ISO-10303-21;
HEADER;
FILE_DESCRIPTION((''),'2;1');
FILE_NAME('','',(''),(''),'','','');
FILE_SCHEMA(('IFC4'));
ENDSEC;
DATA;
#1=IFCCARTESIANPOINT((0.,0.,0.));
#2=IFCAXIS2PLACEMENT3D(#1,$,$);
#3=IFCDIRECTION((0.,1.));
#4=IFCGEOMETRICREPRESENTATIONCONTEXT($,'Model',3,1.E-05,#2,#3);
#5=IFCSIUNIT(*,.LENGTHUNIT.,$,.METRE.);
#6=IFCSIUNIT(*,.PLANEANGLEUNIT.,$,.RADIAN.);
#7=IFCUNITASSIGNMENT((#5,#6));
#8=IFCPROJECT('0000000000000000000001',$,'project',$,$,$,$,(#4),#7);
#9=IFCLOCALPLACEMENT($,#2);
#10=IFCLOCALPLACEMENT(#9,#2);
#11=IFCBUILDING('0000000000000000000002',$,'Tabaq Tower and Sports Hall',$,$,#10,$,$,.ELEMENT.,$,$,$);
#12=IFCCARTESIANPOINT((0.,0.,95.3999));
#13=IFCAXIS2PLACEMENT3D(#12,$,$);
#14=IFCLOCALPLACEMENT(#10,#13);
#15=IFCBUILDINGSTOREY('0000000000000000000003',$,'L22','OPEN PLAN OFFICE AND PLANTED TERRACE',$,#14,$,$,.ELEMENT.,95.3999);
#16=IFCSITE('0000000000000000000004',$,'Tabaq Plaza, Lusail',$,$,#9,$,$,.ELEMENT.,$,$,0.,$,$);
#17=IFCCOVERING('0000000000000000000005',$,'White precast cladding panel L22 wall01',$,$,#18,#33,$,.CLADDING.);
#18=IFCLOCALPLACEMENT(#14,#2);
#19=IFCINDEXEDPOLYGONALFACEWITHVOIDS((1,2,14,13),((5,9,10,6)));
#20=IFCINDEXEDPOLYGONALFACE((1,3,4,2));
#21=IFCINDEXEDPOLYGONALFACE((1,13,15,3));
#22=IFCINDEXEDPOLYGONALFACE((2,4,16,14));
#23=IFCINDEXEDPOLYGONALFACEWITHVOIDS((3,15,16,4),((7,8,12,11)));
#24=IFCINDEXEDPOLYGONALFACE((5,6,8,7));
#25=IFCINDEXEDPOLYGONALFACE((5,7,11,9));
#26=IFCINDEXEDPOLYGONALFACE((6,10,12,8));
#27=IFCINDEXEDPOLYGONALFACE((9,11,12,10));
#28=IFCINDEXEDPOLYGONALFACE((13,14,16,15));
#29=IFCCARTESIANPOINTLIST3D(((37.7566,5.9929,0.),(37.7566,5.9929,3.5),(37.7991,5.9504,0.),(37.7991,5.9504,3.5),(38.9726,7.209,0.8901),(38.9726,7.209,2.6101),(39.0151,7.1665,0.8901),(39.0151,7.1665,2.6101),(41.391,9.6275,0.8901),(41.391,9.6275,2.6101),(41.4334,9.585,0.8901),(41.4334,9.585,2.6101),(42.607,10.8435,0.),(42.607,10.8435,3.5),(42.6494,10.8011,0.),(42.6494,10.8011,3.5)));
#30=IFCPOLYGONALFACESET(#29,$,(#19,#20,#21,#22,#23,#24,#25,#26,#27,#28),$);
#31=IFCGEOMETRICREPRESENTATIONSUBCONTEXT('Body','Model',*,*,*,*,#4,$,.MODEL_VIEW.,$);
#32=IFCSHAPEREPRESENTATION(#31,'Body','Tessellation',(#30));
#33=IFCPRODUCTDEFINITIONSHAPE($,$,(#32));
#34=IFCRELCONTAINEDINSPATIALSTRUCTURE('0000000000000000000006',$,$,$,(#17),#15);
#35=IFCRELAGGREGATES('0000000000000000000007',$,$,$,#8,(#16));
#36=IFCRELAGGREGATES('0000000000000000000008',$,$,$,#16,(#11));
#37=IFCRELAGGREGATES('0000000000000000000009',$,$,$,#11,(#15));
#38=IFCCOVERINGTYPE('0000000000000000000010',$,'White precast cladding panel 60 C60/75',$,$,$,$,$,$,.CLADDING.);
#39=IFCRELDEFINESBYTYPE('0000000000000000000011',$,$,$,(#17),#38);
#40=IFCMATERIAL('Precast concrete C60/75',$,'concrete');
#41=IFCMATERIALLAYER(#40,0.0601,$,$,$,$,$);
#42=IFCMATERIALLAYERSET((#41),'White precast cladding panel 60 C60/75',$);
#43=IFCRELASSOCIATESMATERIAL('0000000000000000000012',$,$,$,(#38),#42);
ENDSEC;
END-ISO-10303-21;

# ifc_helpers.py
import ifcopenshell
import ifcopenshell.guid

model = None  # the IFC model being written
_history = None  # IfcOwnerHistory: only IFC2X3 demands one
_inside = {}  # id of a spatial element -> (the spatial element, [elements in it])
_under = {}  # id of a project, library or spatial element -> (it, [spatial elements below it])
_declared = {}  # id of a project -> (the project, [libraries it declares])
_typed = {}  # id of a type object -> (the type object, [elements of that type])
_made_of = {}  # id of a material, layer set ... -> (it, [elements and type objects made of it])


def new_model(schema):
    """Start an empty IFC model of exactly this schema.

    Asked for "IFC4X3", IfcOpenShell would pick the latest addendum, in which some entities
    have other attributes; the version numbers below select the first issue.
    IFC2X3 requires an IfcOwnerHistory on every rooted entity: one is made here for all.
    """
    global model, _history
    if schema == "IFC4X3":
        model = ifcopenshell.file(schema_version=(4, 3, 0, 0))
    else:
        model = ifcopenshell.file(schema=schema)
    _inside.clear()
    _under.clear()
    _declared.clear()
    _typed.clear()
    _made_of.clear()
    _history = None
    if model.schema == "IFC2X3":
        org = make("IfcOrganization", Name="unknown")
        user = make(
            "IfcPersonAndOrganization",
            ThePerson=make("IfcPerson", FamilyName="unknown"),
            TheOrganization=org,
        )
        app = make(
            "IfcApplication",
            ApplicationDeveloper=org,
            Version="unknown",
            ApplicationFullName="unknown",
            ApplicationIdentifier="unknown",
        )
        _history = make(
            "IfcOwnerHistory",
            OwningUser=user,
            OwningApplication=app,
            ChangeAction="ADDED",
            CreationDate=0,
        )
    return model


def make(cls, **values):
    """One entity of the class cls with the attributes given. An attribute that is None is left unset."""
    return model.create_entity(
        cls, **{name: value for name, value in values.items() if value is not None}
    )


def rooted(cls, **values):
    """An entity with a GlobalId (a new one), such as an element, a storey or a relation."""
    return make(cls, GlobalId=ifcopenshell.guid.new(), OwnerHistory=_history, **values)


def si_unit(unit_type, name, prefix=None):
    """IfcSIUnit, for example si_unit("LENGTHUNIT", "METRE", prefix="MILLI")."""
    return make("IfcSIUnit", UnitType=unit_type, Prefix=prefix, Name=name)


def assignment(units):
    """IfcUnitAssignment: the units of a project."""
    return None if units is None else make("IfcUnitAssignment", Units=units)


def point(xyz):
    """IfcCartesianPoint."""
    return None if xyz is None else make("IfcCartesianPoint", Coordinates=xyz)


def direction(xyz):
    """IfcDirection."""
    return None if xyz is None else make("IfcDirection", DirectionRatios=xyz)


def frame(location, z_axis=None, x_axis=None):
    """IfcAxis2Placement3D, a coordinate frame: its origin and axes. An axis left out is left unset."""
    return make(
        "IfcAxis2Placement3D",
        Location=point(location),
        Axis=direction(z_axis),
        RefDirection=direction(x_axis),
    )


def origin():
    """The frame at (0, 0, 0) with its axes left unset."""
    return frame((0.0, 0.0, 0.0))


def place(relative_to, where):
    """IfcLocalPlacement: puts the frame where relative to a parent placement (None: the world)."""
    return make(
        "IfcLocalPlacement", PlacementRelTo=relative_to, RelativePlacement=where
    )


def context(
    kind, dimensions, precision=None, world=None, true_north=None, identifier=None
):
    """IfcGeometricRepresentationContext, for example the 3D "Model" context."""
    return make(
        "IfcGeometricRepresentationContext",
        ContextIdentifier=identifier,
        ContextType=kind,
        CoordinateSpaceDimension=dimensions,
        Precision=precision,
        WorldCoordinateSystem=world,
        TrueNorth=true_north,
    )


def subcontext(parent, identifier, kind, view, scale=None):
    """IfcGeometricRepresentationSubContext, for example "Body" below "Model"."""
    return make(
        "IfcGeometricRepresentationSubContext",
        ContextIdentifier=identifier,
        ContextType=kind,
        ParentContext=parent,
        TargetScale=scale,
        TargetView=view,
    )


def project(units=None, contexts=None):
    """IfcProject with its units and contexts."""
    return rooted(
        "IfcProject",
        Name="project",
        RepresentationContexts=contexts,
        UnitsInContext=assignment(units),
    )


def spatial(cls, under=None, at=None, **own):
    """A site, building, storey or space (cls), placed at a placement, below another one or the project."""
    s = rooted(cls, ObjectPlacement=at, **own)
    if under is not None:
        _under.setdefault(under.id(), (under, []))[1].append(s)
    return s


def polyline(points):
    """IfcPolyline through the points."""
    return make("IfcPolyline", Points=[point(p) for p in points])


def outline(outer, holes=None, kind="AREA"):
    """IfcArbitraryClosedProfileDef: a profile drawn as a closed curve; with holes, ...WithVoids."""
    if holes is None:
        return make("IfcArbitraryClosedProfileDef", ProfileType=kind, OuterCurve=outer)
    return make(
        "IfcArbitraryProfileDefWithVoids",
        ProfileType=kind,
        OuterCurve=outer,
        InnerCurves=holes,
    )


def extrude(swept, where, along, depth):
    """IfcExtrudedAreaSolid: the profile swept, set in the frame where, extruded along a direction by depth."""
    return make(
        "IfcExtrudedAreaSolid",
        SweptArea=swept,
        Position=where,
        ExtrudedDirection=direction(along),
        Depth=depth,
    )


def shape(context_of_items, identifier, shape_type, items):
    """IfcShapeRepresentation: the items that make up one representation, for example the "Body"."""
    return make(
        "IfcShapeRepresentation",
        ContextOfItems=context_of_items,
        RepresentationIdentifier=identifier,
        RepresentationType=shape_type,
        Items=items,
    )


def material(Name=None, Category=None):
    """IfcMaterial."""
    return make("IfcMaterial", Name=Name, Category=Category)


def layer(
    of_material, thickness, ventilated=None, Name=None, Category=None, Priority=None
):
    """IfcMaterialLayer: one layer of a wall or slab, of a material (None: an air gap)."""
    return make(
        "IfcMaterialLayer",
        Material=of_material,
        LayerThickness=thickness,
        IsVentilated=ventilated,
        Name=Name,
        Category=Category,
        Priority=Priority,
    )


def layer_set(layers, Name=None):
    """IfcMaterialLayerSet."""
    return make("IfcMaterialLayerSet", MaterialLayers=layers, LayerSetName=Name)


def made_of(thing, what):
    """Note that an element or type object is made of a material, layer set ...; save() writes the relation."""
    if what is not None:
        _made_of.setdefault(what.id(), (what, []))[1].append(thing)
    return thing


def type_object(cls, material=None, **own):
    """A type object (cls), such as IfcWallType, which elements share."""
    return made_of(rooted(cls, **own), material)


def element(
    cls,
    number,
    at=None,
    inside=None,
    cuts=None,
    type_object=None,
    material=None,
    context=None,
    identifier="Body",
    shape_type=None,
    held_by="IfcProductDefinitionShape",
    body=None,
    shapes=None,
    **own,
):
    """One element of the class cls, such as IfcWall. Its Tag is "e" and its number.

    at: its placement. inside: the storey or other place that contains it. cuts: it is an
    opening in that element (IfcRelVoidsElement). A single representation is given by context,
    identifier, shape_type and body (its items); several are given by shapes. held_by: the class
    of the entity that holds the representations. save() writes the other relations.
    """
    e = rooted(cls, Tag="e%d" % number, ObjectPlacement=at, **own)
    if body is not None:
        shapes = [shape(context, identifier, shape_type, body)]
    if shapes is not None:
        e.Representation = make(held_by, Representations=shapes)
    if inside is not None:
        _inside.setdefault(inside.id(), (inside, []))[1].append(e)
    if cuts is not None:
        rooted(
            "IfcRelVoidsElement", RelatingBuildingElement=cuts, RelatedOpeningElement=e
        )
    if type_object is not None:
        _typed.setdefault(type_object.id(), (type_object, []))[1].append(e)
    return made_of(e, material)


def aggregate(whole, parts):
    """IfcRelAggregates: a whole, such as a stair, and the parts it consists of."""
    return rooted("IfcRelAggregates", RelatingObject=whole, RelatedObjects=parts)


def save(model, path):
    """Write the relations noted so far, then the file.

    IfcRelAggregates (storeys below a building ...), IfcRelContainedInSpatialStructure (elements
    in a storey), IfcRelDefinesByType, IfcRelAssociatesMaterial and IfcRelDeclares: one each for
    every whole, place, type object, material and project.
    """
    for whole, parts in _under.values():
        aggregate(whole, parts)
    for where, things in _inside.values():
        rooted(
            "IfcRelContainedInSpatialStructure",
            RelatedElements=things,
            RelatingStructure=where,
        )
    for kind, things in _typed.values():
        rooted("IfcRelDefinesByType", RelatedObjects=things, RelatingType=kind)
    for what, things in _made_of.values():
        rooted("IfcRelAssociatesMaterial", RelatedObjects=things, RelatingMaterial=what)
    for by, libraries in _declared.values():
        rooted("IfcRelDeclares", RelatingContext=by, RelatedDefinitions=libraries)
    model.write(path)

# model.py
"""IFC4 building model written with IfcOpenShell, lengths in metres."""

from ifc_helpers import new_model, si_unit, direction, frame, origin, place, context, subcontext, project, spatial, polyline, outline, extrude, material, layer, layer_set, type_object, element, save


model = new_model("IFC4")

# Units and contexts
model_context = context("Model", 3, precision=1e-05, world=origin(), true_north=direction((0.0, 1.0)))
body_context = subcontext(model_context, "Body", "Model", "MODEL_VIEW")
ifc_project = project(units=[si_unit("LENGTHUNIT", "METRE"), si_unit("PLANEANGLEUNIT", "RADIAN")], contexts=[model_context])

# Site, building, storey
site_placement = place(None, origin())
site = spatial("IfcSite", under=ifc_project, at=site_placement, Name="Tabaq Plaza, Lusail", CompositionType="ELEMENT", RefElevation=0.0)
building_placement = place(site_placement, origin())
building = spatial("IfcBuilding", under=site, at=building_placement, Name="Tabaq Tower and Sports Hall", CompositionType="ELEMENT")
storey_placement = place(building_placement, frame((0.0, 0.0, 95.3999)))
storey = spatial("IfcBuildingStorey", under=building, at=storey_placement, Name="L22", Description="OPEN PLAN OFFICE AND PLANTED TERRACE", CompositionType="ELEMENT", Elevation=95.3999)

# Covering
ifc_material_1 = material(Name="Precast concrete C60/75", Category="concrete")
ifc_layer_1 = layer(ifc_material_1, 0.0601)
ifc_layer_set_1 = layer_set([ifc_layer_1], Name="White precast cladding panel 60 C60/75")
covering_type_1 = type_object("IfcCoveringType", Name="White precast cladding panel 60 C60/75", PredefinedType="CLADDING", material=ifc_layer_set_1)
covering_1_placement = place(storey_placement, frame((37.7778, 5.9717, 0.0), z_axis=(0.0, 0.0, 1.0), x_axis=(0.707089, 0.707125, 0.0)))
element("IfcCovering", 1, at=covering_1_placement, inside=storey, type_object=covering_type_1, Name="White precast cladding panel L22 wall01", PredefinedType="CLADDING", context=body_context, shape_type="SweptSolid", body=[
    extrude(outline(polyline([(0.0, 0.0), (6.8596, 0.0), (6.8596, 3.5), (0.0, 3.5), (0.0, 0.0)]), holes=[polyline([(1.7197, 0.8901), (1.7197, 2.6101), (5.1399, 2.6101), (5.1399, 0.8901), (1.7197, 0.8901)])]), frame((0.0, 0.03, 0.0), z_axis=(0.0, -1.0, 0.0), x_axis=(1.0, 0.0, 0.0)), (0.0, 0.0, 1.0), 0.0601),
])

save(model, "model.ifc")
